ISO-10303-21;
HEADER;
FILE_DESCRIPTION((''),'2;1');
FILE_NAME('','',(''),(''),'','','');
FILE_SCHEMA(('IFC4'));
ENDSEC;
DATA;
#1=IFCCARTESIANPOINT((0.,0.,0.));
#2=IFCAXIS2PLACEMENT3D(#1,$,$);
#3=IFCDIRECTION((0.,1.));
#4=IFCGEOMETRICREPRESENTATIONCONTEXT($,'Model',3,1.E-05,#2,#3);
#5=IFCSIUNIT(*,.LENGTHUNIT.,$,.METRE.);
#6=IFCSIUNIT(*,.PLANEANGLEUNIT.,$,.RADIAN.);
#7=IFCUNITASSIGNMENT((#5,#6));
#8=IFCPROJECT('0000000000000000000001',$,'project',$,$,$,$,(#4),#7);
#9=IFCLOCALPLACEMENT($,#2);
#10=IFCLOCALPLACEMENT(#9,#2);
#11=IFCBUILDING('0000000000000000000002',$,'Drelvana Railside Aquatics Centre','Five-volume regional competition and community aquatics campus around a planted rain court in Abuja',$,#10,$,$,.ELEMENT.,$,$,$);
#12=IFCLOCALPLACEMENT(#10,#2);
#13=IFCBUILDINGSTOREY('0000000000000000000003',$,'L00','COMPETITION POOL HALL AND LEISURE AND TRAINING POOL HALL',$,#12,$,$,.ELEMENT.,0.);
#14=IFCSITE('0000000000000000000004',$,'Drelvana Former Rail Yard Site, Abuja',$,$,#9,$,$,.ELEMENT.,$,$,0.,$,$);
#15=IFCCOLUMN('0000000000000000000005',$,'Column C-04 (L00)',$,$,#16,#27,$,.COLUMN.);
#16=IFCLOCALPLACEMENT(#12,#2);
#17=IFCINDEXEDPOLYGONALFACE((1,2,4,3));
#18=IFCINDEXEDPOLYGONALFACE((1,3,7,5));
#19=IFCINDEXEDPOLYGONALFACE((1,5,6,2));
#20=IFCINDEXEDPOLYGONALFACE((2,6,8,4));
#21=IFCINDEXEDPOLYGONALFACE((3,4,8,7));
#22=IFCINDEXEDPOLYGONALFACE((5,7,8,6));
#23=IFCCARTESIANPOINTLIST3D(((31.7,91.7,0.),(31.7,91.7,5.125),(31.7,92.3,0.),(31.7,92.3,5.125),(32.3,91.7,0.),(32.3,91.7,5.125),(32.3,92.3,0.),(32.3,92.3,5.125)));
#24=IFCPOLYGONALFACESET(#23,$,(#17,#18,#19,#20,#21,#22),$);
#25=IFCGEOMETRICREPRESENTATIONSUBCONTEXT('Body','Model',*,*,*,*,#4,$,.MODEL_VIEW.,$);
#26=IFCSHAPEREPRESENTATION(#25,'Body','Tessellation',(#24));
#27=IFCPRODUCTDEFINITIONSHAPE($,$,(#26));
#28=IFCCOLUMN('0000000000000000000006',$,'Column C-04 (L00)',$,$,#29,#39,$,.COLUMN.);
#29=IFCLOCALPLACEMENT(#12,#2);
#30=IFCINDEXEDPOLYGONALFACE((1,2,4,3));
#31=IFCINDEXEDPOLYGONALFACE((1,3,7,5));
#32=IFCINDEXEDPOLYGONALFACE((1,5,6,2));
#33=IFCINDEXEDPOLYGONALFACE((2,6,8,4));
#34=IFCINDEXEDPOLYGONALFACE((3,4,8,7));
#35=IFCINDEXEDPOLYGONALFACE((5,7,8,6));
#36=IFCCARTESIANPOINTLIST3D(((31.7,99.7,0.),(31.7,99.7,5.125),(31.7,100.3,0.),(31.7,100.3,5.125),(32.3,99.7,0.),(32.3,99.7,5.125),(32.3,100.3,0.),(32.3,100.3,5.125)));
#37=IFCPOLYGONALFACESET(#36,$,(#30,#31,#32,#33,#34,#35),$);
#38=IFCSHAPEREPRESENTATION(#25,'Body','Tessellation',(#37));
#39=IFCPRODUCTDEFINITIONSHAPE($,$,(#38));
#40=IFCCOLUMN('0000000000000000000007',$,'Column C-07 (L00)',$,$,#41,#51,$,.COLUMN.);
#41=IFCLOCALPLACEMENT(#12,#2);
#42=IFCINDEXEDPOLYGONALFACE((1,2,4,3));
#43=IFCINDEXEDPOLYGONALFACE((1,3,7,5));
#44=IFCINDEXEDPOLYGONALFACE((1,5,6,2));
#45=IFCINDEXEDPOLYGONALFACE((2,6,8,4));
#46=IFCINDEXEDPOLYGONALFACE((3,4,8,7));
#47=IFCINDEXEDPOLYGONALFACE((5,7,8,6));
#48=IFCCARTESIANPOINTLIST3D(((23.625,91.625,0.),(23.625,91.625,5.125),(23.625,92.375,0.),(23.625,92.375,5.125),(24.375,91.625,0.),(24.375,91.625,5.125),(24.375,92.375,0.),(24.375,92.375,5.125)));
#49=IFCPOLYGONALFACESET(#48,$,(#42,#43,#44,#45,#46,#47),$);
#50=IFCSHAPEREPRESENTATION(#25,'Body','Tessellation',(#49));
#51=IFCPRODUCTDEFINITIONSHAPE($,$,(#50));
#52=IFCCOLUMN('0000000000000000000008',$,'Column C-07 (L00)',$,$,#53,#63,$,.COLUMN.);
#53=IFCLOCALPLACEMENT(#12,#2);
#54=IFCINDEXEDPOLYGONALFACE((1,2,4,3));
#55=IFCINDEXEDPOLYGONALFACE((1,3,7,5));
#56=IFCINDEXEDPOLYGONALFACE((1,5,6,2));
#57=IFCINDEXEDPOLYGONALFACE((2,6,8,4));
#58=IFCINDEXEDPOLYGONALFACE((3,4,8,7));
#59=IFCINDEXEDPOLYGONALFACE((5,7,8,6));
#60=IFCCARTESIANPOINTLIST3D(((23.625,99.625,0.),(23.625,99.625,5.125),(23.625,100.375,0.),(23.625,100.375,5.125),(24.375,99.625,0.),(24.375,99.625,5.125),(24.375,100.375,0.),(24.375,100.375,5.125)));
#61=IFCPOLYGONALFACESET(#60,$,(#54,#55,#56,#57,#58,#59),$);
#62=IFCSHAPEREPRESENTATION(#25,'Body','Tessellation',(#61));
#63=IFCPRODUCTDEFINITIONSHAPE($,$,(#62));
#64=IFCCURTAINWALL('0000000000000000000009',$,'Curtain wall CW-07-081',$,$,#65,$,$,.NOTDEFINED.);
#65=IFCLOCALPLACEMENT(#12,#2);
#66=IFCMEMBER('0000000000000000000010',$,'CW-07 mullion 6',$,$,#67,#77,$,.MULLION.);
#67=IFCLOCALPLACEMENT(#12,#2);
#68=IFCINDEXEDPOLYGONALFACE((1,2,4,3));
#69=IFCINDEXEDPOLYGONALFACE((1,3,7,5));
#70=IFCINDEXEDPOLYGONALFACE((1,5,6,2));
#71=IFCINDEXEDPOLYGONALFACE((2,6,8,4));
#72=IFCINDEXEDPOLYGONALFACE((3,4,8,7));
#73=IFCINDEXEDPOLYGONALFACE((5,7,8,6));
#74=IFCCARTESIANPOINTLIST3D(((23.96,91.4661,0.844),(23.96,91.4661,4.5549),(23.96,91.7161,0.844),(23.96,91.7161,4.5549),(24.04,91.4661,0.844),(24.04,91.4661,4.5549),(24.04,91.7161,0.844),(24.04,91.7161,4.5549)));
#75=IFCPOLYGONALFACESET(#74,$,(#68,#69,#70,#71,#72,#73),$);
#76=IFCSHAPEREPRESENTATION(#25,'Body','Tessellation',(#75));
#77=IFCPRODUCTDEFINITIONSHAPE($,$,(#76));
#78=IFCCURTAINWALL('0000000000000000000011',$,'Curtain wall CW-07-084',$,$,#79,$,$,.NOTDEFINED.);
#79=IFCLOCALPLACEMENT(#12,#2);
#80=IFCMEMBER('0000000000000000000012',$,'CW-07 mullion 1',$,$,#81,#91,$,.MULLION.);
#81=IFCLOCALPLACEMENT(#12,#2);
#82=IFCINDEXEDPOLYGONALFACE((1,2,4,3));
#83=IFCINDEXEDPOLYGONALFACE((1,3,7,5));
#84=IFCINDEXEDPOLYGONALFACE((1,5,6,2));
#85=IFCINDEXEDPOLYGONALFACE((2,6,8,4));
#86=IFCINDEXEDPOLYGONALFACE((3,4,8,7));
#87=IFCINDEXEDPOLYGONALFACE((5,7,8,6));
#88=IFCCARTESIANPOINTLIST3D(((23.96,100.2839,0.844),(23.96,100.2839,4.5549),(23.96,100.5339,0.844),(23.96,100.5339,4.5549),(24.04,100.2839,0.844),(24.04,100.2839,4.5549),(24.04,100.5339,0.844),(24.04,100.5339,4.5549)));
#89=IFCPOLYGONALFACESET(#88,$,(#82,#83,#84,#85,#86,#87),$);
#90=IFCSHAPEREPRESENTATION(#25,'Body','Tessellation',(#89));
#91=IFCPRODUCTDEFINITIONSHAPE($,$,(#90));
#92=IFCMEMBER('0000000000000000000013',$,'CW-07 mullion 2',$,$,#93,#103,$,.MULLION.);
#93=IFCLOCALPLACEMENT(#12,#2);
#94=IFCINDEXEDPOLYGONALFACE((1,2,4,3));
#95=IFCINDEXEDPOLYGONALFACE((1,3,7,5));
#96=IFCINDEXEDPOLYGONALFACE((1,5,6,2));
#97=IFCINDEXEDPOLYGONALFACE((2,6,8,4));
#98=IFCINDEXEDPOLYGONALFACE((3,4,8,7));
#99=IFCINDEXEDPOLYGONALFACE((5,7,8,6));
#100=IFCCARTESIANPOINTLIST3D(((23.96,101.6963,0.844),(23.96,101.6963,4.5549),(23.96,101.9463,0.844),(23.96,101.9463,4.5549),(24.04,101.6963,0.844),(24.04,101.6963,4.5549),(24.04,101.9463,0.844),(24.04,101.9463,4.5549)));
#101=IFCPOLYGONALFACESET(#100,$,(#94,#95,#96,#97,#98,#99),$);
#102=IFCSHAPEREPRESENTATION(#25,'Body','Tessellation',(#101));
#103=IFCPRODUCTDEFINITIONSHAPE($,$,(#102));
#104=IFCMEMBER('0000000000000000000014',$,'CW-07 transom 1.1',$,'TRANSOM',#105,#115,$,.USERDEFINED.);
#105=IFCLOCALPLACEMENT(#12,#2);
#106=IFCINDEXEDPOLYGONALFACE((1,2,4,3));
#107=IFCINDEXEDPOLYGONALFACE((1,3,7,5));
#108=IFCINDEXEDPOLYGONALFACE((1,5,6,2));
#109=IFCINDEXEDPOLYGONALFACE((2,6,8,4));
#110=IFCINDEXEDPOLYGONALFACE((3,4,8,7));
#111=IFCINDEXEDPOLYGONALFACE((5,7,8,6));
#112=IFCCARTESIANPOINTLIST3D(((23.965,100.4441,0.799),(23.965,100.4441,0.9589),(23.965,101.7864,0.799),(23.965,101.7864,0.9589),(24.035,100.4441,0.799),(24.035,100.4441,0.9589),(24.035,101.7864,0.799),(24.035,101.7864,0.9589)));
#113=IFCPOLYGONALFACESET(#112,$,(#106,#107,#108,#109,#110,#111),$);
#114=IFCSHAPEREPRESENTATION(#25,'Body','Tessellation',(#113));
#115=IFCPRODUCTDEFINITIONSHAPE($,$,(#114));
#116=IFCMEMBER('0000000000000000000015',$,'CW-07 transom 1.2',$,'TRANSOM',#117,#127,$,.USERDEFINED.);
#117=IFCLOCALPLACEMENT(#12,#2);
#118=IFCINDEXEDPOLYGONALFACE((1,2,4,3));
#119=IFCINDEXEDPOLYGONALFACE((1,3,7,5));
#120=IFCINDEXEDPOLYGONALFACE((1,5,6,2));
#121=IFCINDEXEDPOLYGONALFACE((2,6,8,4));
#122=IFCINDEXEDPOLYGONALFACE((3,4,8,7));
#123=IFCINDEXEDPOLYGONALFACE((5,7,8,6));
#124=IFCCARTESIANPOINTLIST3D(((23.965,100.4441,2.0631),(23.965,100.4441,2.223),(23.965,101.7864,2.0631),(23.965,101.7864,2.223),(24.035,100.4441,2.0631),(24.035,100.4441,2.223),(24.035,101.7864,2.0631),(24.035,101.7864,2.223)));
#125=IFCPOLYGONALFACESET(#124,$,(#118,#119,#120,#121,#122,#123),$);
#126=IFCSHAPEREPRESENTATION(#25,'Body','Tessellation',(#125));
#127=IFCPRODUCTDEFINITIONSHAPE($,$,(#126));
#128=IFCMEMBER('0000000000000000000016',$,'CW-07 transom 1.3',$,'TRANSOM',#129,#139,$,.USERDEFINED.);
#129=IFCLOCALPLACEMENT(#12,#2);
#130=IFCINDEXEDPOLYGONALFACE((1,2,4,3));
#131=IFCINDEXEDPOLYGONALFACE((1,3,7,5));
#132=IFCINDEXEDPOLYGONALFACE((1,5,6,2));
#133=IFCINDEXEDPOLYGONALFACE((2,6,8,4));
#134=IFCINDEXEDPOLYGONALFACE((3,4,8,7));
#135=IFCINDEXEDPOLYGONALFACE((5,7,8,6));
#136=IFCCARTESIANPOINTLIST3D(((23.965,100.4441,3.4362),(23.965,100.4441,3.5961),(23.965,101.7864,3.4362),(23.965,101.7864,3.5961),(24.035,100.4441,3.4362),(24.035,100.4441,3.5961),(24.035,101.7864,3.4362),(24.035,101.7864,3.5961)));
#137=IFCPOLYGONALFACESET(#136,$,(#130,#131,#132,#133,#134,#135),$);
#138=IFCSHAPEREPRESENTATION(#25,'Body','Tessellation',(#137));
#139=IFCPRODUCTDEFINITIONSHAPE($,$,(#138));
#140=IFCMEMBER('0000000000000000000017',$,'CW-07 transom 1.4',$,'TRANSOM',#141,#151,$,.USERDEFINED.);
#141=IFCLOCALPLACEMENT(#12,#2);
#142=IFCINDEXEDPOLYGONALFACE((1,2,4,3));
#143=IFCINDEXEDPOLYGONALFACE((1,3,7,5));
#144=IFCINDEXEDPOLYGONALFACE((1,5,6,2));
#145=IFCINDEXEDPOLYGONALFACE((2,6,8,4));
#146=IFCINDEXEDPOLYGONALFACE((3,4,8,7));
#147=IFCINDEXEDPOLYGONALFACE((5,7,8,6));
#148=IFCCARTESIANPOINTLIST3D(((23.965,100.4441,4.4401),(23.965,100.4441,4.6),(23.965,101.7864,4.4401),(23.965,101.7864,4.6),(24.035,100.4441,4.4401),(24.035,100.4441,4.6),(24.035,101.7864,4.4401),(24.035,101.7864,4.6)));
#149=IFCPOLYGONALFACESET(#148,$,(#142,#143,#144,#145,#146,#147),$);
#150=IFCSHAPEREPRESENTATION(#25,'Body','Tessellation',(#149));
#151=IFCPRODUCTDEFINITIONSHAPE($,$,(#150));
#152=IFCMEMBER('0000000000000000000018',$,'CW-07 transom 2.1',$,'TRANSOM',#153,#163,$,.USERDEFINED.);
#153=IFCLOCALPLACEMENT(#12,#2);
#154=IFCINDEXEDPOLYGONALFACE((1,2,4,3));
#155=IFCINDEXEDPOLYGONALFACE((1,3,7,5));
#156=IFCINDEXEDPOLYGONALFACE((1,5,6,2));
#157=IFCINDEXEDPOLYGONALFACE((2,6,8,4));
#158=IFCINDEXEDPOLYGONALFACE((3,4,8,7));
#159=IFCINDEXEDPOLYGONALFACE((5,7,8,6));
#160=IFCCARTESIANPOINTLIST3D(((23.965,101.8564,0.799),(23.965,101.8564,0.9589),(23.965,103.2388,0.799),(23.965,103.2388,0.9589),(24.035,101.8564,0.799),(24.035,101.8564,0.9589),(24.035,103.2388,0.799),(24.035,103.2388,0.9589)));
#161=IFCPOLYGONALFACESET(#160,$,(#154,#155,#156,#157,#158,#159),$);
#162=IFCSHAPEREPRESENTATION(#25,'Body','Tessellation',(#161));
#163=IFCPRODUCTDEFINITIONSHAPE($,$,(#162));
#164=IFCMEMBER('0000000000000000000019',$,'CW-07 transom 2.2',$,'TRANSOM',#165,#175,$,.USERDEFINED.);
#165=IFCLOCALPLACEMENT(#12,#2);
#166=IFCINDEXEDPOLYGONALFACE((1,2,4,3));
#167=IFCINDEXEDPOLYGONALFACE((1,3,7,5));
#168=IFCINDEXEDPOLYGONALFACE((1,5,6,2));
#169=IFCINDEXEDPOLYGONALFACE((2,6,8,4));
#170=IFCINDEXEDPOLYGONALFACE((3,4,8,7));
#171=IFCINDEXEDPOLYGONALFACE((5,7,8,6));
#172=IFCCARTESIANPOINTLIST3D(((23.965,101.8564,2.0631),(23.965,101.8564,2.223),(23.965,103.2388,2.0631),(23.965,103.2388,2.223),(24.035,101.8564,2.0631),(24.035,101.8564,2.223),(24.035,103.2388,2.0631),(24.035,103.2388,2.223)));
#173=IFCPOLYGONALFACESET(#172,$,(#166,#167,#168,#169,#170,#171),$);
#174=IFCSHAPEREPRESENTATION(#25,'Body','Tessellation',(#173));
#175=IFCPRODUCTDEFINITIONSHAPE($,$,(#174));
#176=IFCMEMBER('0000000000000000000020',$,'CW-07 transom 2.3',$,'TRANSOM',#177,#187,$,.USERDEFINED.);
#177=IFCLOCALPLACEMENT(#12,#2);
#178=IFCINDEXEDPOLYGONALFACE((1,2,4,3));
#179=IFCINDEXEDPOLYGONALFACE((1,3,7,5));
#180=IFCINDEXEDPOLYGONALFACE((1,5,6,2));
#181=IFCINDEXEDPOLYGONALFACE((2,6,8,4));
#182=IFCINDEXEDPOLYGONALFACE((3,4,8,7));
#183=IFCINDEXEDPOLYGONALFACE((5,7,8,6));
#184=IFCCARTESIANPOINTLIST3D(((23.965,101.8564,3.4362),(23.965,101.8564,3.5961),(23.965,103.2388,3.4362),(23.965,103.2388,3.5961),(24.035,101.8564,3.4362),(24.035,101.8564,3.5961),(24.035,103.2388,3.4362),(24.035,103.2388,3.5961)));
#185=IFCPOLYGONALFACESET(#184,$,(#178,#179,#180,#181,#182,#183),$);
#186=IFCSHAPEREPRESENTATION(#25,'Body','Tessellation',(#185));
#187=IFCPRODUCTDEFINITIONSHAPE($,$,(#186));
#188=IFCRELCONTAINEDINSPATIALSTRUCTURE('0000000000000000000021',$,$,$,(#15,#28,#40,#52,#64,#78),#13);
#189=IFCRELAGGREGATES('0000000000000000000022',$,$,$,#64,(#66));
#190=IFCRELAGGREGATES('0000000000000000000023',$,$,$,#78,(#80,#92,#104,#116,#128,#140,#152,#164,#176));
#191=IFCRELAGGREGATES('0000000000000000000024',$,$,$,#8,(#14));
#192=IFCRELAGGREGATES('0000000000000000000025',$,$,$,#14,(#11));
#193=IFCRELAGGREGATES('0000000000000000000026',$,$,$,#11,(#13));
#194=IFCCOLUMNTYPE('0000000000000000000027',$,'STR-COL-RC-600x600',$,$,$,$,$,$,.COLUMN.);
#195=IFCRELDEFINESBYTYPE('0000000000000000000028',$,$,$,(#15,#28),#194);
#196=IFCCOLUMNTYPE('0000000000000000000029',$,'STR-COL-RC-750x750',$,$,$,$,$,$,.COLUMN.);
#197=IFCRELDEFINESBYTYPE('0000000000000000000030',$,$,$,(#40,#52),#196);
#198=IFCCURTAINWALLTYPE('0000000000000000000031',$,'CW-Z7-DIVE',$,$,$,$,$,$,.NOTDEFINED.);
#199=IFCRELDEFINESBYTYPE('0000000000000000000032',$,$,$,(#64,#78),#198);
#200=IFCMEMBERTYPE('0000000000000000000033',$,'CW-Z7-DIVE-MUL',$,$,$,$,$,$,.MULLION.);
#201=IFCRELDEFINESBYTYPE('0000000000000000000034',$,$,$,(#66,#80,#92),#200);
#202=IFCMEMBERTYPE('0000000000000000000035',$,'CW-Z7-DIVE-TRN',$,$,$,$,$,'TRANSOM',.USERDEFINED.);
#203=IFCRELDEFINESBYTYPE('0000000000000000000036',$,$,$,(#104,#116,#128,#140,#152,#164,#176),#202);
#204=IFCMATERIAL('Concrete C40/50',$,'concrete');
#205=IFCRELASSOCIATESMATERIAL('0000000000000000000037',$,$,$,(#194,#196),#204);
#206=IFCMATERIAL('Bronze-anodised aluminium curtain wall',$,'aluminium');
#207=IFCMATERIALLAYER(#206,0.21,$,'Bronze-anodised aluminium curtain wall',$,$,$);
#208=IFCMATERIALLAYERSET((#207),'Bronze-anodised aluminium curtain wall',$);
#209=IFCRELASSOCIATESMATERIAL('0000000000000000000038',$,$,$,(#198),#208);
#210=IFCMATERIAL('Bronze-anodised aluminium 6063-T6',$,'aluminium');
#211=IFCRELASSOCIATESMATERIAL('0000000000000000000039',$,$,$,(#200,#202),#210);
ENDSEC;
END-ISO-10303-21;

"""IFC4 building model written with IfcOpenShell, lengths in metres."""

from ifc_helpers import new_model, si_unit, direction, frame, origin, origin_2d, place, context, subcontext, project, spatial, rectangle, extrude, material, layer, layer_set, material_profile, profile_set, type_object, element, aggregate, save


model = new_model("IFC4")

# Units and contexts
model_context = context("Model", 3, precision=1e-05, world=origin(), true_north=direction((0.0, 1.0)))
body_context = subcontext(model_context, "Body", "Model", "MODEL_VIEW")
ifc_project = project(units=[si_unit("LENGTHUNIT", "METRE"), si_unit("PLANEANGLEUNIT", "RADIAN")], contexts=[model_context])

# Site, building, storey
site_placement = place(None, origin())
site = spatial("IfcSite", under=ifc_project, at=site_placement, Name="Drelvana Former Rail Yard Site, Abuja", CompositionType="ELEMENT", RefElevation=0.0)
building_placement = place(site_placement, origin())
building = spatial("IfcBuilding", under=site, at=building_placement, Name="Drelvana Railside Aquatics Centre", Description="Five-volume regional competition and community aquatics campus around a planted rain court in Abuja", CompositionType="ELEMENT")
storey_placement = place(building_placement, origin())
storey = spatial("IfcBuildingStorey", under=building, at=storey_placement, Name="L00", Description="COMPETITION POOL HALL AND LEISURE AND TRAINING POOL HALL", CompositionType="ELEMENT", Elevation=0.0)

# Columns
ifc_material_1 = material(Name="Concrete C40/50", Category="concrete")
ifc_material_profile_1 = material_profile(ifc_material_1, rectangle(XDim=0.6001, YDim=0.6001, at=origin_2d()), Name="RC 600x600")
ifc_profile_set_1 = profile_set([ifc_material_profile_1], Name="Concrete C40/50")
column_type_1 = type_object("IfcColumnType", Name="STR-COL-RC-600x600", PredefinedType="COLUMN", material=ifc_profile_set_1)
for number, where, z_axis, x_axis, name in (
    (1, (32.0, 92.0, 0.0), (0.0, 0.0, 1.0), (1.0, 0.0, 0.0), "Column C-04 (L00)"),
    (2, (32.0, 100.0, 0.0), (0.0, 0.0, 1.0), (1.0, 0.0, 0.0), "Column C-04 (L00)"),
):
    element("IfcColumn", number, at=place(storey_placement, frame(where, z_axis=z_axis, x_axis=x_axis)), inside=storey, type_object=column_type_1, Name=name, PredefinedType="COLUMN", context=body_context, shape_type="SweptSolid", body=[
        extrude(rectangle(XDim=0.6001, YDim=0.6001, at=origin_2d()), origin(), (0.0, 0.0, 1.0), 5.125),
    ])
ifc_material_profile_2 = material_profile(ifc_material_1, rectangle(XDim=0.75, YDim=0.75, at=origin_2d()), Name="RC 750x750")
ifc_profile_set_2 = profile_set([ifc_material_profile_2], Name="Concrete C40/50")
column_type_2 = type_object("IfcColumnType", Name="STR-COL-RC-750x750", PredefinedType="COLUMN", material=ifc_profile_set_2)
for number, where, z_axis, x_axis, name in (
    (3, (24.0, 92.0, 0.0), (0.0, 0.0, 1.0), (1.0, 0.0, 0.0), "Column C-07 (L00)"),
    (4, (24.0, 100.0, 0.0), (0.0, 0.0, 1.0), (1.0, 0.0, 0.0), "Column C-07 (L00)"),
):
    element("IfcColumn", number, at=place(storey_placement, frame(where, z_axis=z_axis, x_axis=x_axis)), inside=storey, type_object=column_type_2, Name=name, PredefinedType="COLUMN", context=body_context, shape_type="SweptSolid", body=[
        extrude(rectangle(XDim=0.75, YDim=0.75, at=origin_2d()), origin(), (0.0, 0.0, 1.0), 5.125),
    ])

# Curtain wall, member
ifc_material_2 = material(Name="Bronze-anodised aluminium curtain wall", Category="aluminium")
ifc_layer_1 = layer(ifc_material_2, 0.21, Name="Bronze-anodised aluminium curtain wall")
ifc_layer_set_1 = layer_set([ifc_layer_1], Name="Bronze-anodised aluminium curtain wall")
curtain_wall_type = type_object("IfcCurtainWallType", Name="CW-Z7-DIVE", PredefinedType="NOTDEFINED", material=ifc_layer_set_1)
curtain_wall_1_placement = place(storey_placement, origin())
curtain_wall_1 = element("IfcCurtainWall", 5, at=curtain_wall_1_placement, inside=storey, type_object=curtain_wall_type, Name="Curtain wall CW-07-081", PredefinedType="NOTDEFINED")
ifc_material_3 = material(Name="Bronze-anodised aluminium 6063-T6", Category="aluminium")
ifc_material_profile_3 = material_profile(ifc_material_3, rectangle(XDim=0.0801, YDim=0.25, at=origin_2d()), Name="ALU-M 80x250")
ifc_profile_set_3 = profile_set([ifc_material_profile_3], Name="Bronze-anodised aluminium 6063-T6")
member_type_1 = type_object("IfcMemberType", Name="CW-Z7-DIVE-MUL", PredefinedType="MULLION", material=ifc_profile_set_3)
member_1_placement = place(storey_placement, frame((24.0, 91.5911, 0.844), z_axis=(0.0, 0.0, 1.0), x_axis=(-1.0, 0.0, 0.0)))
member_1 = element("IfcMember", 6, at=member_1_placement, type_object=member_type_1, Name="CW-07 mullion 6", PredefinedType="MULLION", context=body_context, shape_type="SweptSolid", body=[
    extrude(rectangle(XDim=0.0801, YDim=0.25, at=origin_2d()), origin(), (0.0, 0.0, 1.0), 3.7109),
])

# Curtain wall, members
curtain_wall_2_placement = place(storey_placement, origin())
curtain_wall_2 = element("IfcCurtainWall", 7, at=curtain_wall_2_placement, inside=storey, type_object=curtain_wall_type, Name="Curtain wall CW-07-084", PredefinedType="NOTDEFINED")
member_2_placement = place(storey_placement, frame((24.0, 100.4089, 0.844), z_axis=(0.0, 0.0, 1.0), x_axis=(-1.0, 0.0, 0.0)))
member_2 = element("IfcMember", 8, at=member_2_placement, type_object=member_type_1, Name="CW-07 mullion 1", PredefinedType="MULLION", context=body_context, shape_type="SweptSolid", body=[
    extrude(rectangle(XDim=0.0801, YDim=0.25, at=origin_2d()), origin(), (0.0, 0.0, 1.0), 3.7109),
])
member_3_placement = place(storey_placement, frame((24.0, 101.8213, 0.844), z_axis=(0.0, 0.0, 1.0), x_axis=(-1.0, 0.0, 0.0)))
member_3 = element("IfcMember", 9, at=member_3_placement, type_object=member_type_1, Name="CW-07 mullion 2", PredefinedType="MULLION", context=body_context, shape_type="SweptSolid", body=[
    extrude(rectangle(XDim=0.0801, YDim=0.25, at=origin_2d()), origin(), (0.0, 0.0, 1.0), 3.7109),
])
ifc_material_profile_4 = material_profile(ifc_material_3, rectangle(XDim=0.1599, YDim=0.0701, at=origin_2d()), Name="ALU-T 70x160")
ifc_profile_set_4 = profile_set([ifc_material_profile_4], Name="Bronze-anodised aluminium 6063-T6")
member_type_2 = type_object("IfcMemberType", Name="CW-Z7-DIVE-TRN", ElementType="TRANSOM", PredefinedType="USERDEFINED", material=ifc_profile_set_4)
member_4_placement = place(storey_placement, frame((24.0, 100.4441, 0.8789), z_axis=(0.0, 1.0, 0.0), x_axis=(0.0, 0.0, 1.0)))
member_4 = element("IfcMember", 10, at=member_4_placement, type_object=member_type_2, Name="CW-07 transom 1.1", ObjectType="TRANSOM", PredefinedType="USERDEFINED", context=body_context, shape_type="SweptSolid", body=[
    extrude(rectangle(XDim=0.1599, YDim=0.0701, at=origin_2d()), origin(), (0.0, 0.0, 1.0), 1.3423),
])
member_5_placement = place(storey_placement, frame((24.0, 100.4441, 2.1431), z_axis=(0.0, 1.0, 0.0), x_axis=(0.0, 0.0, 1.0)))
member_5 = element("IfcMember", 11, at=member_5_placement, type_object=member_type_2, Name="CW-07 transom 1.2", ObjectType="TRANSOM", PredefinedType="USERDEFINED", context=body_context, shape_type="SweptSolid", body=[
    extrude(rectangle(XDim=0.1599, YDim=0.0701, at=origin_2d()), origin(), (0.0, 0.0, 1.0), 1.3423),
])
member_6_placement = place(storey_placement, frame((24.0, 100.4441, 3.5161), z_axis=(0.0, 1.0, 0.0), x_axis=(0.0, 0.0, 1.0)))
member_6 = element("IfcMember", 12, at=member_6_placement, type_object=member_type_2, Name="CW-07 transom 1.3", ObjectType="TRANSOM", PredefinedType="USERDEFINED", context=body_context, shape_type="SweptSolid", body=[
    extrude(rectangle(XDim=0.1599, YDim=0.0701, at=origin_2d()), origin(), (0.0, 0.0, 1.0), 1.3423),
])
member_7_placement = place(storey_placement, frame((24.0, 100.4441, 4.52), z_axis=(0.0, 1.0, 0.0), x_axis=(0.0, 0.0, 1.0)))
member_7 = element("IfcMember", 13, at=member_7_placement, type_object=member_type_2, Name="CW-07 transom 1.4", ObjectType="TRANSOM", PredefinedType="USERDEFINED", context=body_context, shape_type="SweptSolid", body=[
    extrude(rectangle(XDim=0.1599, YDim=0.0701, at=origin_2d()), origin(), (0.0, 0.0, 1.0), 1.3423),
])
member_8_placement = place(storey_placement, frame((24.0, 101.8564, 0.8789), z_axis=(0.0, 1.0, 0.0), x_axis=(0.0, 0.0, 1.0)))
member_8 = element("IfcMember", 14, at=member_8_placement, type_object=member_type_2, Name="CW-07 transom 2.1", ObjectType="TRANSOM", PredefinedType="USERDEFINED", context=body_context, shape_type="SweptSolid", body=[
    extrude(rectangle(XDim=0.1599, YDim=0.0701, at=origin_2d()), origin(), (0.0, 0.0, 1.0), 1.3823),
])
member_9_placement = place(storey_placement, frame((24.0, 101.8564, 2.1431), z_axis=(0.0, 1.0, 0.0), x_axis=(0.0, 0.0, 1.0)))
member_9 = element("IfcMember", 15, at=member_9_placement, type_object=member_type_2, Name="CW-07 transom 2.2", ObjectType="TRANSOM", PredefinedType="USERDEFINED", context=body_context, shape_type="SweptSolid", body=[
    extrude(rectangle(XDim=0.1599, YDim=0.0701, at=origin_2d()), origin(), (0.0, 0.0, 1.0), 1.3823),
])
member_10_placement = place(storey_placement, frame((24.0, 101.8564, 3.5161), z_axis=(0.0, 1.0, 0.0), x_axis=(0.0, 0.0, 1.0)))
member_10 = element("IfcMember", 16, at=member_10_placement, type_object=member_type_2, Name="CW-07 transom 2.3", ObjectType="TRANSOM", PredefinedType="USERDEFINED", context=body_context, shape_type="SweptSolid", body=[
    extrude(rectangle(XDim=0.1599, YDim=0.0701, at=origin_2d()), origin(), (0.0, 0.0, 1.0), 1.3823),
])

aggregate(curtain_wall_1, [member_1])
aggregate(curtain_wall_2, [member_2, member_3, member_4, member_5, member_6, member_7, member_8, member_9, member_10])

save(model, "model.ifc")
